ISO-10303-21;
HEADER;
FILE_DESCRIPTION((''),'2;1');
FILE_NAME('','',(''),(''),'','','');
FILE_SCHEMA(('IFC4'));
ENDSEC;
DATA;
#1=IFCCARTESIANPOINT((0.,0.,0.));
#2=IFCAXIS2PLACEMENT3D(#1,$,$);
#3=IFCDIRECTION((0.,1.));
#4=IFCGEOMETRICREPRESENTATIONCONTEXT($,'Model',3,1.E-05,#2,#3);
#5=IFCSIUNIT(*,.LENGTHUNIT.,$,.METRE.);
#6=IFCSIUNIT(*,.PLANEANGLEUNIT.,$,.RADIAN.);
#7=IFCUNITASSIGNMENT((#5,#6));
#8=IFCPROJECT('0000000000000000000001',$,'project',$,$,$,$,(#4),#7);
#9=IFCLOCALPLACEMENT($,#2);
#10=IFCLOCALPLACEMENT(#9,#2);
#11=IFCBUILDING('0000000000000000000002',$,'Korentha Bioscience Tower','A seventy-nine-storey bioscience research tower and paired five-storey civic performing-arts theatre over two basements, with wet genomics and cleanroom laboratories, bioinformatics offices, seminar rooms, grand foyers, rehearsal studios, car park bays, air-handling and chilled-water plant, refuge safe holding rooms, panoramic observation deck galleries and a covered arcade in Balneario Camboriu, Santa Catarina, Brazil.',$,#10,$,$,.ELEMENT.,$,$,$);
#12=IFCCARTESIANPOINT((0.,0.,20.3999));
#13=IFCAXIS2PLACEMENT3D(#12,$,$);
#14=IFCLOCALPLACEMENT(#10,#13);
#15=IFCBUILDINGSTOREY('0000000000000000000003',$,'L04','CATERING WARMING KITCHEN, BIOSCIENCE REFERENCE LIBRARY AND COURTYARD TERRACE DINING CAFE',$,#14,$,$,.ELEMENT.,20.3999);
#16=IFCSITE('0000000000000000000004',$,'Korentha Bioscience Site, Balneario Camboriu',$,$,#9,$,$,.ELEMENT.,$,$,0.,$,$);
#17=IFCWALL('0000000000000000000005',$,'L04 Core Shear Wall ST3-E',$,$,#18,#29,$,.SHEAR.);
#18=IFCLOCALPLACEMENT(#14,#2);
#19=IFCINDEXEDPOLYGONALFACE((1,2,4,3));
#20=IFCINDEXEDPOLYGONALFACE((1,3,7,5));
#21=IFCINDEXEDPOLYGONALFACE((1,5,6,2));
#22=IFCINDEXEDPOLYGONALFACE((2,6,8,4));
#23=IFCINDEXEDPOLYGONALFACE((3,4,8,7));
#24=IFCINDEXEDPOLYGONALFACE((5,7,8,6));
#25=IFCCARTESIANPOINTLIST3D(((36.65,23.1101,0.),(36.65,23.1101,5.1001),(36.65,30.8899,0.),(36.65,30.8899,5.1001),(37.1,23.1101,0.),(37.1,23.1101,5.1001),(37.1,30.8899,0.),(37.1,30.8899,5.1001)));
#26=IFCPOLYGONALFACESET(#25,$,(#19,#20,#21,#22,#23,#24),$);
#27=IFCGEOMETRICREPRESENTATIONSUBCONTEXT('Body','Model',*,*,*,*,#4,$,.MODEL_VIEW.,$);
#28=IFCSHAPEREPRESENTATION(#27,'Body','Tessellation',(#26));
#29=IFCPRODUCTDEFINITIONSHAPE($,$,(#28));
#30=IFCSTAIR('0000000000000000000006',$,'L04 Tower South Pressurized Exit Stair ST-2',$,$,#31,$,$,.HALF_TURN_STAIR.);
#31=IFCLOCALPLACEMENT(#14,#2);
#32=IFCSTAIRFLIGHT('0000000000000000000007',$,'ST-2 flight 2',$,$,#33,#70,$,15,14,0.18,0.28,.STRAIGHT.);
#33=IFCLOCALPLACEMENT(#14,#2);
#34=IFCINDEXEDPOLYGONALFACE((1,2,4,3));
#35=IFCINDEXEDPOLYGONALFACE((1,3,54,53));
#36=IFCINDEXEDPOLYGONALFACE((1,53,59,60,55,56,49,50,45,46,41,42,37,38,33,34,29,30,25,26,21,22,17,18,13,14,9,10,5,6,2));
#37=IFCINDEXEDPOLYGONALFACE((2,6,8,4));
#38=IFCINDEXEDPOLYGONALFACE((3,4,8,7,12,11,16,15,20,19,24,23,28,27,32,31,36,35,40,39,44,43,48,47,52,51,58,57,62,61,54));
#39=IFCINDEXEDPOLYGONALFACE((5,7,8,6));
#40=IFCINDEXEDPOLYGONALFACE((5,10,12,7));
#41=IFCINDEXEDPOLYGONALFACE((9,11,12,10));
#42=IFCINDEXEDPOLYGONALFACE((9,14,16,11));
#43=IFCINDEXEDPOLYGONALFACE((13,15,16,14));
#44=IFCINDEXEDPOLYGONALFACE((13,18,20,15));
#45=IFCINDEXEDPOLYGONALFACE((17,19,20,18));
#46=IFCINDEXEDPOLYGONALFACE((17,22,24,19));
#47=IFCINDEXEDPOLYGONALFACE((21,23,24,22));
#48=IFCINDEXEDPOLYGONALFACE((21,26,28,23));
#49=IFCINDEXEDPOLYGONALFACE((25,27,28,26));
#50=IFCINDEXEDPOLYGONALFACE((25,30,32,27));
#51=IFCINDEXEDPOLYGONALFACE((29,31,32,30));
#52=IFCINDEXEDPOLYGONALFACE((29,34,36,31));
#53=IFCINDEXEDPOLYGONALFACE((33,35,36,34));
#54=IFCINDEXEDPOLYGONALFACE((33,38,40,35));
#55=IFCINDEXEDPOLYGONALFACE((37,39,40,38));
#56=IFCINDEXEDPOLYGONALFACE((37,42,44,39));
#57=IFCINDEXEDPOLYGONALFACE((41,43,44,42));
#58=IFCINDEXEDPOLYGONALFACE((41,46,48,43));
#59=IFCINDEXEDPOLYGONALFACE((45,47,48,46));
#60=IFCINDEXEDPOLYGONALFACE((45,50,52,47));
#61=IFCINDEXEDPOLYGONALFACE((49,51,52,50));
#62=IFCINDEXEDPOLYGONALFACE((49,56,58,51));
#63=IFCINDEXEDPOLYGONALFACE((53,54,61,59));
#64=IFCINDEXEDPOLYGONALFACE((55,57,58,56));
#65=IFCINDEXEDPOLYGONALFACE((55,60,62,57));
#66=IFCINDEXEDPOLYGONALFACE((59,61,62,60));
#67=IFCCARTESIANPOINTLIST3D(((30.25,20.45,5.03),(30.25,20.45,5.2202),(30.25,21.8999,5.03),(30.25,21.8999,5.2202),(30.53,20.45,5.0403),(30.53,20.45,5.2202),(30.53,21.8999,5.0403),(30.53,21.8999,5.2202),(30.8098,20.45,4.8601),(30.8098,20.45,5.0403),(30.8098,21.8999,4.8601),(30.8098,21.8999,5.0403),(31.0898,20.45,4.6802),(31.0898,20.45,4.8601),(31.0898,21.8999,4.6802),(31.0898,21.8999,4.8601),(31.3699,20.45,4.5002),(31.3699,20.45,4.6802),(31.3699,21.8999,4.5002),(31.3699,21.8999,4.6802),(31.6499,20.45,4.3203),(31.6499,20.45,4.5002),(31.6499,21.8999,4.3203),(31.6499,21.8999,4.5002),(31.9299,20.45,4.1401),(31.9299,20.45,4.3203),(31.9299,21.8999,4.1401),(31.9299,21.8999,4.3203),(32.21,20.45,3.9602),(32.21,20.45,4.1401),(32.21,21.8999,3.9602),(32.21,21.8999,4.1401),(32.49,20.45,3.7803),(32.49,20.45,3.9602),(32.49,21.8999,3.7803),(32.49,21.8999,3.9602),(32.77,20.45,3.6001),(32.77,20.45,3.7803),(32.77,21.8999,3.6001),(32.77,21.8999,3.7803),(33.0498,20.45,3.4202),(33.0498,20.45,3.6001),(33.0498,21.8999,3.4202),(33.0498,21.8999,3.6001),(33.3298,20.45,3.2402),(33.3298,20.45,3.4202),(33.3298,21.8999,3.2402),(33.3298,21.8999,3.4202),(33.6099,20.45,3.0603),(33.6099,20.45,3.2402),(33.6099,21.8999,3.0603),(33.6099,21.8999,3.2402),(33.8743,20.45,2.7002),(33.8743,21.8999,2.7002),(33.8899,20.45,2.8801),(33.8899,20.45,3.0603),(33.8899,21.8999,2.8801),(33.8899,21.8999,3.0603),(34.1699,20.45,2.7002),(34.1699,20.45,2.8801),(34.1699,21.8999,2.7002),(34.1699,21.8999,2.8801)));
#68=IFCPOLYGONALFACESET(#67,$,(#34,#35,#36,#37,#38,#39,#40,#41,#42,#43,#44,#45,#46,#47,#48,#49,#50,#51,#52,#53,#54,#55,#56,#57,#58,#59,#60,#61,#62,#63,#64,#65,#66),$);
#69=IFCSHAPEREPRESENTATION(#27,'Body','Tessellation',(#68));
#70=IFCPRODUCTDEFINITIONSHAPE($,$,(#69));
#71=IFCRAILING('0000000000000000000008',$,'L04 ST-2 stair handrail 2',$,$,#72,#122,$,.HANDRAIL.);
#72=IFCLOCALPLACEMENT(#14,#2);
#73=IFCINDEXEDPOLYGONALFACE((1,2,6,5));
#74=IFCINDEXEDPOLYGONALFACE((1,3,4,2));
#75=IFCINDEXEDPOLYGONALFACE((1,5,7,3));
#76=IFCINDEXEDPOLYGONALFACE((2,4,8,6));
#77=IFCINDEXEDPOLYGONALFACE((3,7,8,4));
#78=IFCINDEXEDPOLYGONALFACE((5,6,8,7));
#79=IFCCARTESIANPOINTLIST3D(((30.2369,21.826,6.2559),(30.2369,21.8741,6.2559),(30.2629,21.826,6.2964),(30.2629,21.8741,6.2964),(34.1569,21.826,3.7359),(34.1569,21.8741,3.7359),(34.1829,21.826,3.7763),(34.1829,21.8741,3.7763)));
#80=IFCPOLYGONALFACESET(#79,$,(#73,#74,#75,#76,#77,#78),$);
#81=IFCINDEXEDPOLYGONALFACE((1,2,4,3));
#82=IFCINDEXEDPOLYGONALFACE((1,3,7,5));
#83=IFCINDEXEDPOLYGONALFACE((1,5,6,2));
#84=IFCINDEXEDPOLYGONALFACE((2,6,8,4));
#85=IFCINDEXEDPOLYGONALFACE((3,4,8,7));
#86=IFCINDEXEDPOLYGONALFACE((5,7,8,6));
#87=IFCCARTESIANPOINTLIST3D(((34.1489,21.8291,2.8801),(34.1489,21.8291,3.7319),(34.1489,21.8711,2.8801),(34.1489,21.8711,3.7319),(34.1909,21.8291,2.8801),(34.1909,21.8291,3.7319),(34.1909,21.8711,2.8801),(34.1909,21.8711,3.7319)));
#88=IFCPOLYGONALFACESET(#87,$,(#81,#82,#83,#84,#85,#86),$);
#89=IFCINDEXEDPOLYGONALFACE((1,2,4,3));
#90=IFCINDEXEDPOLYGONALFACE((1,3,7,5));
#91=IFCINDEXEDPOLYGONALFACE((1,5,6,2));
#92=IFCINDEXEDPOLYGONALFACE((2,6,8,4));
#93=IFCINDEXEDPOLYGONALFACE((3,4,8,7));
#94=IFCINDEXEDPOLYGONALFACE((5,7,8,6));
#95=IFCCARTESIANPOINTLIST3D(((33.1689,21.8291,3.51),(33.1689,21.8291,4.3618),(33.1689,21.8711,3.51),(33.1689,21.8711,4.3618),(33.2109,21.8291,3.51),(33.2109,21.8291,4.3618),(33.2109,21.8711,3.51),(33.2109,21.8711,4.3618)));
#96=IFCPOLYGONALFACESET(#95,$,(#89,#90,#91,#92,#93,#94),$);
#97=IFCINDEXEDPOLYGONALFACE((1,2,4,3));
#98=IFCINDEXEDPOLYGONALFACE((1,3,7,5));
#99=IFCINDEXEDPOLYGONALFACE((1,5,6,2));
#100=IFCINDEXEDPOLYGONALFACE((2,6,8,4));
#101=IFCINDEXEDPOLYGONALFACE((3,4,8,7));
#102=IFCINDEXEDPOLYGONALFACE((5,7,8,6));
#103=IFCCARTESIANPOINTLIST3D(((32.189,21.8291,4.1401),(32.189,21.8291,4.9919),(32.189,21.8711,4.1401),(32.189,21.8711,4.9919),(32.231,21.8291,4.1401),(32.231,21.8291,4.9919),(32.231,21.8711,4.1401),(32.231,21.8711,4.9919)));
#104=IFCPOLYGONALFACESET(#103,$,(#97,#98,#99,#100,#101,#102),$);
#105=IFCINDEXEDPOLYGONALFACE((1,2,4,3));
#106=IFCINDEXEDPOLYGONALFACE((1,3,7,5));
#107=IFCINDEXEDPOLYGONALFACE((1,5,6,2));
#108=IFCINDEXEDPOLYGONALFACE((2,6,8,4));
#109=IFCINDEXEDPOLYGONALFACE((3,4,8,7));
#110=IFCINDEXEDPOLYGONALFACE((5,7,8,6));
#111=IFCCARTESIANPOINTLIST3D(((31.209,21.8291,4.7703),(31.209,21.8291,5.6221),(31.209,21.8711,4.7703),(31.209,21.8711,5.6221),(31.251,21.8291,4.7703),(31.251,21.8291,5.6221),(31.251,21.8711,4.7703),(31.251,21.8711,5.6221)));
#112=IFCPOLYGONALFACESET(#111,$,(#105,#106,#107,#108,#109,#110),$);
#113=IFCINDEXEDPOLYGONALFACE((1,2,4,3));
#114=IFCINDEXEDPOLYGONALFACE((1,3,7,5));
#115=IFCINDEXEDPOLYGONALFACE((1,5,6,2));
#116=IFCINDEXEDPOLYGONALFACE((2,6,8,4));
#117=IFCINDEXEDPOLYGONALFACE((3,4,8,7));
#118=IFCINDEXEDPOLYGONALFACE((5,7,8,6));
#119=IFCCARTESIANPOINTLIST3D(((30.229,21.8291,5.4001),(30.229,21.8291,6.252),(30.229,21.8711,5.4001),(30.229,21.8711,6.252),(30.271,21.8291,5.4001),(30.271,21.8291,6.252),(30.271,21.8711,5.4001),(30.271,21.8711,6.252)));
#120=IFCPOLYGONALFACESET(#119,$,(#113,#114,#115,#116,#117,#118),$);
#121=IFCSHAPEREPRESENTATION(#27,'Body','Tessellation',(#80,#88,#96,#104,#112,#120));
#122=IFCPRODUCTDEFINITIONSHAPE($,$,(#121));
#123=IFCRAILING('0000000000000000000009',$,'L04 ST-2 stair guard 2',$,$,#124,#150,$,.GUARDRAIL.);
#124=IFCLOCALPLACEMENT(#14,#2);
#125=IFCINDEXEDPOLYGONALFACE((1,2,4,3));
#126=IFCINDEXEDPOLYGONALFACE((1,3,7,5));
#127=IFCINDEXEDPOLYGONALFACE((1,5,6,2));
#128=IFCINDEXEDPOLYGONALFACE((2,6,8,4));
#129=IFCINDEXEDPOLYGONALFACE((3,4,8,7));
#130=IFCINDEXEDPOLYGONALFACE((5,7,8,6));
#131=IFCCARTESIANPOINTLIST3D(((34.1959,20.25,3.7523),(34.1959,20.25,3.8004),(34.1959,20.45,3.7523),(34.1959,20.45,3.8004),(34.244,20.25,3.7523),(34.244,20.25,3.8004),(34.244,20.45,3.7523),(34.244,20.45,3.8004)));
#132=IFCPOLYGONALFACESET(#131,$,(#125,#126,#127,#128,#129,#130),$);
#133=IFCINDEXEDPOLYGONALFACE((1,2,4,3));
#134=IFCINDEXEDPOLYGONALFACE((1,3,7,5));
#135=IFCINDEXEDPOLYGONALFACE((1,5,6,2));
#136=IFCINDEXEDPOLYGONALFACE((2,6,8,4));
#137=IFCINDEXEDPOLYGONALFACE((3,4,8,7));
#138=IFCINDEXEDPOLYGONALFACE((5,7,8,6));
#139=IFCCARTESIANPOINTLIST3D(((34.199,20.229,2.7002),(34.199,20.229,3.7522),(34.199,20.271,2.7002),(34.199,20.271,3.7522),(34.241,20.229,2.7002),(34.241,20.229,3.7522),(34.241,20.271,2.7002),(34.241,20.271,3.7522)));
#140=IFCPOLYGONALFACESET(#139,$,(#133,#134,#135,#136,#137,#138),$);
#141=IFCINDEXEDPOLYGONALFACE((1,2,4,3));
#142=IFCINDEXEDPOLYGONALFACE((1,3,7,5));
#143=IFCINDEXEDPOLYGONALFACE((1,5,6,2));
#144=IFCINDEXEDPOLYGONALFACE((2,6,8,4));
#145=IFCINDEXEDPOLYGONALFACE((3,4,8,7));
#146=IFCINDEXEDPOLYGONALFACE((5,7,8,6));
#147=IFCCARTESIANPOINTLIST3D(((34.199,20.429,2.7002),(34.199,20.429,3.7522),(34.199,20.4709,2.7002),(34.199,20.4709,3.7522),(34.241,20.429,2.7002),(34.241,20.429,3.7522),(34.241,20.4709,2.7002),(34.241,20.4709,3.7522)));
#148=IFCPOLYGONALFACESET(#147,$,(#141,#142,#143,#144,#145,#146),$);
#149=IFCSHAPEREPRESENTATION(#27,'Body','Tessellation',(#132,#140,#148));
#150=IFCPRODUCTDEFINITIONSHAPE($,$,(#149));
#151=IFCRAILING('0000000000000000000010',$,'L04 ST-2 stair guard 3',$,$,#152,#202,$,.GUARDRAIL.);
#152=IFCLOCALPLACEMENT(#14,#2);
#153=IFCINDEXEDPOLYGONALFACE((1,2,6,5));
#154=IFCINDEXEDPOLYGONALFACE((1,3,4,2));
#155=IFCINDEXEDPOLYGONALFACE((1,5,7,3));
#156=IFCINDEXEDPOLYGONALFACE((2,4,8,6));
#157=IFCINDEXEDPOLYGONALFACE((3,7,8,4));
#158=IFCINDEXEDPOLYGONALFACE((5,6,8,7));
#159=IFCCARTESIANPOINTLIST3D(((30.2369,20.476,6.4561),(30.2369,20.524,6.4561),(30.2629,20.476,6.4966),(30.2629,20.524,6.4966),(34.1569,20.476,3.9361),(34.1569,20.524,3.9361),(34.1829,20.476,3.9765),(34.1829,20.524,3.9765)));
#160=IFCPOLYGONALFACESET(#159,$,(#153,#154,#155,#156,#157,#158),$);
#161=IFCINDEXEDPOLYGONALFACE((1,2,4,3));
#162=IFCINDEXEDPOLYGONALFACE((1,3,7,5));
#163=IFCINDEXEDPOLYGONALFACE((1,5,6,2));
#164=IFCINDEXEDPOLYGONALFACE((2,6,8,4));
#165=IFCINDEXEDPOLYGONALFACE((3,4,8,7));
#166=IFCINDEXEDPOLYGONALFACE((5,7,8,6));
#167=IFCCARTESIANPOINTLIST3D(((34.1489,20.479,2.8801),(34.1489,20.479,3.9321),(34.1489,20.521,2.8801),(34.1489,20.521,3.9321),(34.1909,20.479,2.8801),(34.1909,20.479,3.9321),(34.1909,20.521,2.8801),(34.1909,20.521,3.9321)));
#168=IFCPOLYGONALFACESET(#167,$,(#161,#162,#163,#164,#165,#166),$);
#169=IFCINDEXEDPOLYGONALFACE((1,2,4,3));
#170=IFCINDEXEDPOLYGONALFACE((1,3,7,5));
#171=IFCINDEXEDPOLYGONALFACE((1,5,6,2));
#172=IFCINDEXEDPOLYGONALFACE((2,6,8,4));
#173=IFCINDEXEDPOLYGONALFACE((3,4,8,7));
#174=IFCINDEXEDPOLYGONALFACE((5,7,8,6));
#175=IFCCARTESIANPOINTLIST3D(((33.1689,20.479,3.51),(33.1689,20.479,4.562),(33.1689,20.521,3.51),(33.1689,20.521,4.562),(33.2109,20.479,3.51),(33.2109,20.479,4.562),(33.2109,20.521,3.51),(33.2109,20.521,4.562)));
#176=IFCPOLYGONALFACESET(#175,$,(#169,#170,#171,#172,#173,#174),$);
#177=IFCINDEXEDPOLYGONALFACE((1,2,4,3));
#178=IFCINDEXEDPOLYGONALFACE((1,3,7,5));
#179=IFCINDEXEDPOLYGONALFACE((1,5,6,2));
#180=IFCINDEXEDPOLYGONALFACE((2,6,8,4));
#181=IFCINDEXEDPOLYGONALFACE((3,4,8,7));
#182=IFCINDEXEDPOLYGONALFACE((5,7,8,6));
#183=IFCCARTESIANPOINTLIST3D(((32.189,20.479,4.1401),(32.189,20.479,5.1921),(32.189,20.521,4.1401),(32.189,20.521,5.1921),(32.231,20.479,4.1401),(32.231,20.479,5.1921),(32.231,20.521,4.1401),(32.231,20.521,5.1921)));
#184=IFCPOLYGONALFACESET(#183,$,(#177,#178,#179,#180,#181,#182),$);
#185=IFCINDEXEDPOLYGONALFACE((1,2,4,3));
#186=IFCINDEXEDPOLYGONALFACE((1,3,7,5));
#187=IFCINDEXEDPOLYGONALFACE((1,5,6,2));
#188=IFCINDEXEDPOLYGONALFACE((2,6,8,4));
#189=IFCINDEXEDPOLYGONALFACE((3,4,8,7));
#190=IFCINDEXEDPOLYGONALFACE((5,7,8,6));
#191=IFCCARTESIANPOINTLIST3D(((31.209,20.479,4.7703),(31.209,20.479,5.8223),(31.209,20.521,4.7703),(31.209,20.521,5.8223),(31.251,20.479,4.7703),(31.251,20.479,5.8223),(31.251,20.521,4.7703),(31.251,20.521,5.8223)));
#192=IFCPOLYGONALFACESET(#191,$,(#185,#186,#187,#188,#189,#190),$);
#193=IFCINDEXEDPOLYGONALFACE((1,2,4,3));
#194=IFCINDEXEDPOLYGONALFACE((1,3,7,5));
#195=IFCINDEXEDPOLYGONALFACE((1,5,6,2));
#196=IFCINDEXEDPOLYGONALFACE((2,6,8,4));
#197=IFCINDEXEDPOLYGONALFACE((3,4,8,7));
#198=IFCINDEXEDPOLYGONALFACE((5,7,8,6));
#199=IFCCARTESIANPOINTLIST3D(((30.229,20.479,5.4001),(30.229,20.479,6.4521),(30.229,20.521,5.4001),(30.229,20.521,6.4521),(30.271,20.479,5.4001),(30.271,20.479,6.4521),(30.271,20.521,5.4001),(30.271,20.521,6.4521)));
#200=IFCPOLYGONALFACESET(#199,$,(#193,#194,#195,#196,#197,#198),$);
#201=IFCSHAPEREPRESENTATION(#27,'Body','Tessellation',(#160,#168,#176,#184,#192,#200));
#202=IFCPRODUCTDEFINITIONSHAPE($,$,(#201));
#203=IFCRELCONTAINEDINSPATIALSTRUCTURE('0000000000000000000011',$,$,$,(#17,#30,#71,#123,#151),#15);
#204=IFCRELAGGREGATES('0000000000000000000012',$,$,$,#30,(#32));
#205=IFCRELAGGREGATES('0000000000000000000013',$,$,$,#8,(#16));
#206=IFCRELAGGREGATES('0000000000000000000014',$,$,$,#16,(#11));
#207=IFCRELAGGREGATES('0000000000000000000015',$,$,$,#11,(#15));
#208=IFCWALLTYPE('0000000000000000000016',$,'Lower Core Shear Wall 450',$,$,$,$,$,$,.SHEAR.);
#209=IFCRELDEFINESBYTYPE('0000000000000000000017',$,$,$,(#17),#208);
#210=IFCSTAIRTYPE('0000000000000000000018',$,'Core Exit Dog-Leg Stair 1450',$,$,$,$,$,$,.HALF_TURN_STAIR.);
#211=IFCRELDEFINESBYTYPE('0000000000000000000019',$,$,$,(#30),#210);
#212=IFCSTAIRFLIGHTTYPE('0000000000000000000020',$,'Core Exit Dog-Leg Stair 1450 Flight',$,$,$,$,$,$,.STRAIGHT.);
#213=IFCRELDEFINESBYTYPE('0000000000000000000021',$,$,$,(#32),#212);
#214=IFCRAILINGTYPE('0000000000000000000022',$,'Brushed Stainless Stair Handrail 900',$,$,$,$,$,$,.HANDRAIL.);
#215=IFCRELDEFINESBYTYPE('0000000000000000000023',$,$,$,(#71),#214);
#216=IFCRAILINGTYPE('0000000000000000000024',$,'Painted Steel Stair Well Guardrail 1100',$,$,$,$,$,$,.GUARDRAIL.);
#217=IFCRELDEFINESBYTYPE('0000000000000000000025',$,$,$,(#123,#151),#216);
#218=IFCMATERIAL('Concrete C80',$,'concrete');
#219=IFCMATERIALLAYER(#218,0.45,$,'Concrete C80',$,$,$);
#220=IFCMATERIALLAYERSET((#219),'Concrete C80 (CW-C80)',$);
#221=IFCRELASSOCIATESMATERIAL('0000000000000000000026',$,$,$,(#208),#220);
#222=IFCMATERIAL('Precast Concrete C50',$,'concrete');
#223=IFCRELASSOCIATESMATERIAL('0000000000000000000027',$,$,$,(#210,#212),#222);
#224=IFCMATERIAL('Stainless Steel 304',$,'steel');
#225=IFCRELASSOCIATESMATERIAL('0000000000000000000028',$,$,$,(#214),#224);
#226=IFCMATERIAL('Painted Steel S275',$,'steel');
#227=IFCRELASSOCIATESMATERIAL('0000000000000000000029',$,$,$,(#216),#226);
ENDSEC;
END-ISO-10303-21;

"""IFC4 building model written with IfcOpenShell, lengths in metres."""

from ifc_helpers import new_model, si_unit, direction, frame, frame_2d, origin, origin_2d, place, context, subcontext, project, spatial, polyline, rectangle, outline, extrude, material, layer, layer_set, type_object, element, aggregate, save


model = new_model("IFC4")

# Units and contexts
model_context = context("Model", 3, precision=1e-05, world=origin(), true_north=direction((0.0, 1.0)))
body_context = subcontext(model_context, "Body", "Model", "MODEL_VIEW")
ifc_project = project(units=[si_unit("LENGTHUNIT", "METRE"), si_unit("PLANEANGLEUNIT", "RADIAN")], contexts=[model_context])

# Site, building, storey
site_placement = place(None, origin())
site = spatial("IfcSite", under=ifc_project, at=site_placement, Name="Korentha Bioscience Site, Balneario Camboriu", CompositionType="ELEMENT", RefElevation=0.0)
building_placement = place(site_placement, origin())
building = spatial("IfcBuilding", under=site, at=building_placement, Name="Korentha Bioscience Tower", Description="A seventy-nine-storey bioscience research tower and paired five-storey civic performing-arts theatre over two basements, with wet genomics and cleanroom laboratories, bioinformatics offices, seminar rooms, grand foyers, rehearsal studios, car park bays, air-handling and chilled-water plant, refuge safe holding rooms, panoramic observation deck galleries and a covered arcade in Balneario Camboriu, Santa Catarina, Brazil.", CompositionType="ELEMENT")
storey_placement = place(building_placement, frame((0.0, 0.0, 20.3999)))
storey = spatial("IfcBuildingStorey", under=building, at=storey_placement, Name="L04", Description="CATERING WARMING KITCHEN, BIOSCIENCE REFERENCE LIBRARY AND COURTYARD TERRACE DINING CAFE", CompositionType="ELEMENT", Elevation=20.3999)

# Wall
ifc_material_1 = material(Name="Concrete C80", Category="concrete")
ifc_layer_1 = layer(ifc_material_1, 0.45, Name="Concrete C80")
ifc_layer_set_1 = layer_set([ifc_layer_1], Name="Concrete C80 (CW-C80)")
wall_type_1 = type_object("IfcWallType", Name="Lower Core Shear Wall 450", PredefinedType="SHEAR", material=ifc_layer_set_1)
wall_1_placement = place(storey_placement, frame((36.875, 23.1101, 0.0), z_axis=(0.0, 0.0, 1.0), x_axis=(0.0, 1.0, 0.0)))
element("IfcWall", 1, at=wall_1_placement, inside=storey, type_object=wall_type_1, Name="L04 Core Shear Wall ST3-E", PredefinedType="SHEAR", context=body_context, shape_type="SweptSolid", body=[
    extrude(rectangle(XDim=7.7798, YDim=0.45, at=frame_2d((3.8899, 0.0))), origin(), (0.0, 0.0, 1.0), 5.1001),
])

# Stair, stair flight
ifc_material_2 = material(Name="Precast Concrete C50", Category="concrete")
stair_type = type_object("IfcStairType", Name="Core Exit Dog-Leg Stair 1450", PredefinedType="HALF_TURN_STAIR", material=ifc_material_2)
stair_placement = place(storey_placement, origin())
stair = element("IfcStair", 2, at=stair_placement, inside=storey, type_object=stair_type, Name="L04 Tower South Pressurized Exit Stair ST-2", PredefinedType="HALF_TURN_STAIR")
stair_flight_type = type_object("IfcStairFlightType", Name="Core Exit Dog-Leg Stair 1450 Flight", PredefinedType="STRAIGHT", material=ifc_material_2)
stair_flight_placement = place(storey_placement, frame((34.1699, 21.175, 2.7002), z_axis=(0.0, 0.0, 1.0), x_axis=(-1.0, 0.0, 0.0)))
stair_flight = element("IfcStairFlight", 3, at=stair_flight_placement, type_object=stair_flight_type, Name="ST-2 flight 2", NumberOfRisers=15, NumberOfTreads=14, PredefinedType="STRAIGHT", RiserHeight=0.18, TreadLength=0.28, context=body_context, shape_type="SweptSolid", body=[
    extrude(outline(polyline([(0.0, 0.0), (0.0, 0.1799), (0.28, 0.1799), (0.28, 0.3601), (0.5601, 0.3601), (0.5601, 0.54), (0.8401, 0.54), (0.8401, 0.72), (1.1201, 0.72), (1.1201, 0.8999), (1.3999, 0.8999), (1.3999, 1.0801), (1.6799, 1.0801), (1.6799, 1.26), (1.96, 1.26), (1.96, 1.4399), (2.24, 1.4399), (2.24, 1.6201), (2.52, 1.6201), (2.52, 1.8), (2.8, 1.8), (2.8, 1.98), (3.0801, 1.98), (3.0801, 2.1599), (3.3601, 2.1599), (3.3601, 2.3401), (3.6399, 2.3401), (3.6399, 2.52), (3.9199, 2.52), (3.9199, 2.7), (3.9199, 2.3298), (0.2957, 0.0), (0.0, 0.0)])), frame((0.0, 0.7251, 0.0), z_axis=(0.0, -1.0, 0.0), x_axis=(1.0, 0.0, 0.0)), (0.0, 0.0, 1.0), 1.45),
])
aggregate(stair, [stair_flight])

# Railings
ifc_material_3 = material(Name="Stainless Steel 304", Category="steel")
railing_type_1 = type_object("IfcRailingType", Name="Brushed Stainless Stair Handrail 900", PredefinedType="HANDRAIL", material=ifc_material_3)
railing_1_placement = place(storey_placement, frame((34.1699, 21.8501, 2.8801)))
element("IfcRailing", 4, at=railing_1_placement, inside=storey, type_object=railing_type_1, Name="L04 ST-2 stair handrail 2", PredefinedType="HANDRAIL", context=body_context, shape_type="SweptSolid", body=[
    extrude(rectangle(XDim=0.0481, YDim=0.0481, at=origin_2d()), frame((0.0, 0.0, 0.876), z_axis=(-0.841172, 0.0, 0.540768), x_axis=(0.0, -1.0, 0.0)), (0.0, 0.0, 1.0), 4.6602),
    extrude(rectangle(XDim=0.042, YDim=0.042, at=origin_2d()), origin(), (0.0, 0.0, 1.0), 0.8518),
    extrude(rectangle(XDim=0.042, YDim=0.042, at=origin_2d()), frame((-0.98, 0.0, 0.6299)), (0.0, 0.0, 1.0), 0.8518),
    extrude(rectangle(XDim=0.042, YDim=0.042, at=origin_2d()), frame((-1.96, 0.0, 1.26)), (0.0, 0.0, 1.0), 0.8518),
    extrude(rectangle(XDim=0.042, YDim=0.042, at=origin_2d()), frame((-2.9399, 0.0, 1.8901)), (0.0, 0.0, 1.0), 0.8518),
    extrude(rectangle(XDim=0.042, YDim=0.042, at=origin_2d()), frame((-3.9199, 0.0, 2.52)), (0.0, 0.0, 1.0), 0.8518),
])
ifc_material_4 = material(Name="Painted Steel S275", Category="steel")
railing_type_2 = type_object("IfcRailingType", Name="Painted Steel Stair Well Guardrail 1100", PredefinedType="GUARDRAIL", material=ifc_material_4)
railing_2_placement = place(storey_placement, frame((34.22, 20.25, 2.7002)))
element("IfcRailing", 5, at=railing_2_placement, inside=storey, type_object=railing_type_2, Name="L04 ST-2 stair guard 2", PredefinedType="GUARDRAIL", context=body_context, shape_type="SweptSolid", body=[
    extrude(rectangle(XDim=0.0481, YDim=0.0481, at=origin_2d()), frame((0.0, 0.0, 1.0762), z_axis=(0.0, 1.0, 0.0), x_axis=(-1.0, 0.0, 0.0)), (0.0, 0.0, 1.0), 0.2),
    extrude(rectangle(XDim=0.042, YDim=0.042, at=origin_2d()), origin(), (0.0, 0.0, 1.0), 1.052),
    extrude(rectangle(XDim=0.042, YDim=0.042, at=origin_2d()), frame((0.0, 0.2, 0.0)), (0.0, 0.0, 1.0), 1.052),
])
railing_3_placement = place(storey_placement, frame((34.1699, 20.5, 2.8801)))
element("IfcRailing", 6, at=railing_3_placement, inside=storey, type_object=railing_type_2, Name="L04 ST-2 stair guard 3", PredefinedType="GUARDRAIL", context=body_context, shape_type="SweptSolid", body=[
    extrude(rectangle(XDim=0.0481, YDim=0.0481, at=origin_2d()), frame((0.0, 0.0, 1.0762), z_axis=(-0.841172, 0.0, 0.540768), x_axis=(0.0, -1.0, 0.0)), (0.0, 0.0, 1.0), 4.6602),
    extrude(rectangle(XDim=0.042, YDim=0.042, at=origin_2d()), origin(), (0.0, 0.0, 1.0), 1.052),
    extrude(rectangle(XDim=0.042, YDim=0.042, at=origin_2d()), frame((-0.98, 0.0, 0.6299)), (0.0, 0.0, 1.0), 1.052),
    extrude(rectangle(XDim=0.042, YDim=0.042, at=origin_2d()), frame((-1.96, 0.0, 1.26)), (0.0, 0.0, 1.0), 1.052),
    extrude(rectangle(XDim=0.042, YDim=0.042, at=origin_2d()), frame((-2.9399, 0.0, 1.8901)), (0.0, 0.0, 1.0), 1.052),
    extrude(rectangle(XDim=0.042, YDim=0.042, at=origin_2d()), frame((-3.9199, 0.0, 2.52)), (0.0, 0.0, 1.0), 1.052),
])

save(model, "model.ifc")
